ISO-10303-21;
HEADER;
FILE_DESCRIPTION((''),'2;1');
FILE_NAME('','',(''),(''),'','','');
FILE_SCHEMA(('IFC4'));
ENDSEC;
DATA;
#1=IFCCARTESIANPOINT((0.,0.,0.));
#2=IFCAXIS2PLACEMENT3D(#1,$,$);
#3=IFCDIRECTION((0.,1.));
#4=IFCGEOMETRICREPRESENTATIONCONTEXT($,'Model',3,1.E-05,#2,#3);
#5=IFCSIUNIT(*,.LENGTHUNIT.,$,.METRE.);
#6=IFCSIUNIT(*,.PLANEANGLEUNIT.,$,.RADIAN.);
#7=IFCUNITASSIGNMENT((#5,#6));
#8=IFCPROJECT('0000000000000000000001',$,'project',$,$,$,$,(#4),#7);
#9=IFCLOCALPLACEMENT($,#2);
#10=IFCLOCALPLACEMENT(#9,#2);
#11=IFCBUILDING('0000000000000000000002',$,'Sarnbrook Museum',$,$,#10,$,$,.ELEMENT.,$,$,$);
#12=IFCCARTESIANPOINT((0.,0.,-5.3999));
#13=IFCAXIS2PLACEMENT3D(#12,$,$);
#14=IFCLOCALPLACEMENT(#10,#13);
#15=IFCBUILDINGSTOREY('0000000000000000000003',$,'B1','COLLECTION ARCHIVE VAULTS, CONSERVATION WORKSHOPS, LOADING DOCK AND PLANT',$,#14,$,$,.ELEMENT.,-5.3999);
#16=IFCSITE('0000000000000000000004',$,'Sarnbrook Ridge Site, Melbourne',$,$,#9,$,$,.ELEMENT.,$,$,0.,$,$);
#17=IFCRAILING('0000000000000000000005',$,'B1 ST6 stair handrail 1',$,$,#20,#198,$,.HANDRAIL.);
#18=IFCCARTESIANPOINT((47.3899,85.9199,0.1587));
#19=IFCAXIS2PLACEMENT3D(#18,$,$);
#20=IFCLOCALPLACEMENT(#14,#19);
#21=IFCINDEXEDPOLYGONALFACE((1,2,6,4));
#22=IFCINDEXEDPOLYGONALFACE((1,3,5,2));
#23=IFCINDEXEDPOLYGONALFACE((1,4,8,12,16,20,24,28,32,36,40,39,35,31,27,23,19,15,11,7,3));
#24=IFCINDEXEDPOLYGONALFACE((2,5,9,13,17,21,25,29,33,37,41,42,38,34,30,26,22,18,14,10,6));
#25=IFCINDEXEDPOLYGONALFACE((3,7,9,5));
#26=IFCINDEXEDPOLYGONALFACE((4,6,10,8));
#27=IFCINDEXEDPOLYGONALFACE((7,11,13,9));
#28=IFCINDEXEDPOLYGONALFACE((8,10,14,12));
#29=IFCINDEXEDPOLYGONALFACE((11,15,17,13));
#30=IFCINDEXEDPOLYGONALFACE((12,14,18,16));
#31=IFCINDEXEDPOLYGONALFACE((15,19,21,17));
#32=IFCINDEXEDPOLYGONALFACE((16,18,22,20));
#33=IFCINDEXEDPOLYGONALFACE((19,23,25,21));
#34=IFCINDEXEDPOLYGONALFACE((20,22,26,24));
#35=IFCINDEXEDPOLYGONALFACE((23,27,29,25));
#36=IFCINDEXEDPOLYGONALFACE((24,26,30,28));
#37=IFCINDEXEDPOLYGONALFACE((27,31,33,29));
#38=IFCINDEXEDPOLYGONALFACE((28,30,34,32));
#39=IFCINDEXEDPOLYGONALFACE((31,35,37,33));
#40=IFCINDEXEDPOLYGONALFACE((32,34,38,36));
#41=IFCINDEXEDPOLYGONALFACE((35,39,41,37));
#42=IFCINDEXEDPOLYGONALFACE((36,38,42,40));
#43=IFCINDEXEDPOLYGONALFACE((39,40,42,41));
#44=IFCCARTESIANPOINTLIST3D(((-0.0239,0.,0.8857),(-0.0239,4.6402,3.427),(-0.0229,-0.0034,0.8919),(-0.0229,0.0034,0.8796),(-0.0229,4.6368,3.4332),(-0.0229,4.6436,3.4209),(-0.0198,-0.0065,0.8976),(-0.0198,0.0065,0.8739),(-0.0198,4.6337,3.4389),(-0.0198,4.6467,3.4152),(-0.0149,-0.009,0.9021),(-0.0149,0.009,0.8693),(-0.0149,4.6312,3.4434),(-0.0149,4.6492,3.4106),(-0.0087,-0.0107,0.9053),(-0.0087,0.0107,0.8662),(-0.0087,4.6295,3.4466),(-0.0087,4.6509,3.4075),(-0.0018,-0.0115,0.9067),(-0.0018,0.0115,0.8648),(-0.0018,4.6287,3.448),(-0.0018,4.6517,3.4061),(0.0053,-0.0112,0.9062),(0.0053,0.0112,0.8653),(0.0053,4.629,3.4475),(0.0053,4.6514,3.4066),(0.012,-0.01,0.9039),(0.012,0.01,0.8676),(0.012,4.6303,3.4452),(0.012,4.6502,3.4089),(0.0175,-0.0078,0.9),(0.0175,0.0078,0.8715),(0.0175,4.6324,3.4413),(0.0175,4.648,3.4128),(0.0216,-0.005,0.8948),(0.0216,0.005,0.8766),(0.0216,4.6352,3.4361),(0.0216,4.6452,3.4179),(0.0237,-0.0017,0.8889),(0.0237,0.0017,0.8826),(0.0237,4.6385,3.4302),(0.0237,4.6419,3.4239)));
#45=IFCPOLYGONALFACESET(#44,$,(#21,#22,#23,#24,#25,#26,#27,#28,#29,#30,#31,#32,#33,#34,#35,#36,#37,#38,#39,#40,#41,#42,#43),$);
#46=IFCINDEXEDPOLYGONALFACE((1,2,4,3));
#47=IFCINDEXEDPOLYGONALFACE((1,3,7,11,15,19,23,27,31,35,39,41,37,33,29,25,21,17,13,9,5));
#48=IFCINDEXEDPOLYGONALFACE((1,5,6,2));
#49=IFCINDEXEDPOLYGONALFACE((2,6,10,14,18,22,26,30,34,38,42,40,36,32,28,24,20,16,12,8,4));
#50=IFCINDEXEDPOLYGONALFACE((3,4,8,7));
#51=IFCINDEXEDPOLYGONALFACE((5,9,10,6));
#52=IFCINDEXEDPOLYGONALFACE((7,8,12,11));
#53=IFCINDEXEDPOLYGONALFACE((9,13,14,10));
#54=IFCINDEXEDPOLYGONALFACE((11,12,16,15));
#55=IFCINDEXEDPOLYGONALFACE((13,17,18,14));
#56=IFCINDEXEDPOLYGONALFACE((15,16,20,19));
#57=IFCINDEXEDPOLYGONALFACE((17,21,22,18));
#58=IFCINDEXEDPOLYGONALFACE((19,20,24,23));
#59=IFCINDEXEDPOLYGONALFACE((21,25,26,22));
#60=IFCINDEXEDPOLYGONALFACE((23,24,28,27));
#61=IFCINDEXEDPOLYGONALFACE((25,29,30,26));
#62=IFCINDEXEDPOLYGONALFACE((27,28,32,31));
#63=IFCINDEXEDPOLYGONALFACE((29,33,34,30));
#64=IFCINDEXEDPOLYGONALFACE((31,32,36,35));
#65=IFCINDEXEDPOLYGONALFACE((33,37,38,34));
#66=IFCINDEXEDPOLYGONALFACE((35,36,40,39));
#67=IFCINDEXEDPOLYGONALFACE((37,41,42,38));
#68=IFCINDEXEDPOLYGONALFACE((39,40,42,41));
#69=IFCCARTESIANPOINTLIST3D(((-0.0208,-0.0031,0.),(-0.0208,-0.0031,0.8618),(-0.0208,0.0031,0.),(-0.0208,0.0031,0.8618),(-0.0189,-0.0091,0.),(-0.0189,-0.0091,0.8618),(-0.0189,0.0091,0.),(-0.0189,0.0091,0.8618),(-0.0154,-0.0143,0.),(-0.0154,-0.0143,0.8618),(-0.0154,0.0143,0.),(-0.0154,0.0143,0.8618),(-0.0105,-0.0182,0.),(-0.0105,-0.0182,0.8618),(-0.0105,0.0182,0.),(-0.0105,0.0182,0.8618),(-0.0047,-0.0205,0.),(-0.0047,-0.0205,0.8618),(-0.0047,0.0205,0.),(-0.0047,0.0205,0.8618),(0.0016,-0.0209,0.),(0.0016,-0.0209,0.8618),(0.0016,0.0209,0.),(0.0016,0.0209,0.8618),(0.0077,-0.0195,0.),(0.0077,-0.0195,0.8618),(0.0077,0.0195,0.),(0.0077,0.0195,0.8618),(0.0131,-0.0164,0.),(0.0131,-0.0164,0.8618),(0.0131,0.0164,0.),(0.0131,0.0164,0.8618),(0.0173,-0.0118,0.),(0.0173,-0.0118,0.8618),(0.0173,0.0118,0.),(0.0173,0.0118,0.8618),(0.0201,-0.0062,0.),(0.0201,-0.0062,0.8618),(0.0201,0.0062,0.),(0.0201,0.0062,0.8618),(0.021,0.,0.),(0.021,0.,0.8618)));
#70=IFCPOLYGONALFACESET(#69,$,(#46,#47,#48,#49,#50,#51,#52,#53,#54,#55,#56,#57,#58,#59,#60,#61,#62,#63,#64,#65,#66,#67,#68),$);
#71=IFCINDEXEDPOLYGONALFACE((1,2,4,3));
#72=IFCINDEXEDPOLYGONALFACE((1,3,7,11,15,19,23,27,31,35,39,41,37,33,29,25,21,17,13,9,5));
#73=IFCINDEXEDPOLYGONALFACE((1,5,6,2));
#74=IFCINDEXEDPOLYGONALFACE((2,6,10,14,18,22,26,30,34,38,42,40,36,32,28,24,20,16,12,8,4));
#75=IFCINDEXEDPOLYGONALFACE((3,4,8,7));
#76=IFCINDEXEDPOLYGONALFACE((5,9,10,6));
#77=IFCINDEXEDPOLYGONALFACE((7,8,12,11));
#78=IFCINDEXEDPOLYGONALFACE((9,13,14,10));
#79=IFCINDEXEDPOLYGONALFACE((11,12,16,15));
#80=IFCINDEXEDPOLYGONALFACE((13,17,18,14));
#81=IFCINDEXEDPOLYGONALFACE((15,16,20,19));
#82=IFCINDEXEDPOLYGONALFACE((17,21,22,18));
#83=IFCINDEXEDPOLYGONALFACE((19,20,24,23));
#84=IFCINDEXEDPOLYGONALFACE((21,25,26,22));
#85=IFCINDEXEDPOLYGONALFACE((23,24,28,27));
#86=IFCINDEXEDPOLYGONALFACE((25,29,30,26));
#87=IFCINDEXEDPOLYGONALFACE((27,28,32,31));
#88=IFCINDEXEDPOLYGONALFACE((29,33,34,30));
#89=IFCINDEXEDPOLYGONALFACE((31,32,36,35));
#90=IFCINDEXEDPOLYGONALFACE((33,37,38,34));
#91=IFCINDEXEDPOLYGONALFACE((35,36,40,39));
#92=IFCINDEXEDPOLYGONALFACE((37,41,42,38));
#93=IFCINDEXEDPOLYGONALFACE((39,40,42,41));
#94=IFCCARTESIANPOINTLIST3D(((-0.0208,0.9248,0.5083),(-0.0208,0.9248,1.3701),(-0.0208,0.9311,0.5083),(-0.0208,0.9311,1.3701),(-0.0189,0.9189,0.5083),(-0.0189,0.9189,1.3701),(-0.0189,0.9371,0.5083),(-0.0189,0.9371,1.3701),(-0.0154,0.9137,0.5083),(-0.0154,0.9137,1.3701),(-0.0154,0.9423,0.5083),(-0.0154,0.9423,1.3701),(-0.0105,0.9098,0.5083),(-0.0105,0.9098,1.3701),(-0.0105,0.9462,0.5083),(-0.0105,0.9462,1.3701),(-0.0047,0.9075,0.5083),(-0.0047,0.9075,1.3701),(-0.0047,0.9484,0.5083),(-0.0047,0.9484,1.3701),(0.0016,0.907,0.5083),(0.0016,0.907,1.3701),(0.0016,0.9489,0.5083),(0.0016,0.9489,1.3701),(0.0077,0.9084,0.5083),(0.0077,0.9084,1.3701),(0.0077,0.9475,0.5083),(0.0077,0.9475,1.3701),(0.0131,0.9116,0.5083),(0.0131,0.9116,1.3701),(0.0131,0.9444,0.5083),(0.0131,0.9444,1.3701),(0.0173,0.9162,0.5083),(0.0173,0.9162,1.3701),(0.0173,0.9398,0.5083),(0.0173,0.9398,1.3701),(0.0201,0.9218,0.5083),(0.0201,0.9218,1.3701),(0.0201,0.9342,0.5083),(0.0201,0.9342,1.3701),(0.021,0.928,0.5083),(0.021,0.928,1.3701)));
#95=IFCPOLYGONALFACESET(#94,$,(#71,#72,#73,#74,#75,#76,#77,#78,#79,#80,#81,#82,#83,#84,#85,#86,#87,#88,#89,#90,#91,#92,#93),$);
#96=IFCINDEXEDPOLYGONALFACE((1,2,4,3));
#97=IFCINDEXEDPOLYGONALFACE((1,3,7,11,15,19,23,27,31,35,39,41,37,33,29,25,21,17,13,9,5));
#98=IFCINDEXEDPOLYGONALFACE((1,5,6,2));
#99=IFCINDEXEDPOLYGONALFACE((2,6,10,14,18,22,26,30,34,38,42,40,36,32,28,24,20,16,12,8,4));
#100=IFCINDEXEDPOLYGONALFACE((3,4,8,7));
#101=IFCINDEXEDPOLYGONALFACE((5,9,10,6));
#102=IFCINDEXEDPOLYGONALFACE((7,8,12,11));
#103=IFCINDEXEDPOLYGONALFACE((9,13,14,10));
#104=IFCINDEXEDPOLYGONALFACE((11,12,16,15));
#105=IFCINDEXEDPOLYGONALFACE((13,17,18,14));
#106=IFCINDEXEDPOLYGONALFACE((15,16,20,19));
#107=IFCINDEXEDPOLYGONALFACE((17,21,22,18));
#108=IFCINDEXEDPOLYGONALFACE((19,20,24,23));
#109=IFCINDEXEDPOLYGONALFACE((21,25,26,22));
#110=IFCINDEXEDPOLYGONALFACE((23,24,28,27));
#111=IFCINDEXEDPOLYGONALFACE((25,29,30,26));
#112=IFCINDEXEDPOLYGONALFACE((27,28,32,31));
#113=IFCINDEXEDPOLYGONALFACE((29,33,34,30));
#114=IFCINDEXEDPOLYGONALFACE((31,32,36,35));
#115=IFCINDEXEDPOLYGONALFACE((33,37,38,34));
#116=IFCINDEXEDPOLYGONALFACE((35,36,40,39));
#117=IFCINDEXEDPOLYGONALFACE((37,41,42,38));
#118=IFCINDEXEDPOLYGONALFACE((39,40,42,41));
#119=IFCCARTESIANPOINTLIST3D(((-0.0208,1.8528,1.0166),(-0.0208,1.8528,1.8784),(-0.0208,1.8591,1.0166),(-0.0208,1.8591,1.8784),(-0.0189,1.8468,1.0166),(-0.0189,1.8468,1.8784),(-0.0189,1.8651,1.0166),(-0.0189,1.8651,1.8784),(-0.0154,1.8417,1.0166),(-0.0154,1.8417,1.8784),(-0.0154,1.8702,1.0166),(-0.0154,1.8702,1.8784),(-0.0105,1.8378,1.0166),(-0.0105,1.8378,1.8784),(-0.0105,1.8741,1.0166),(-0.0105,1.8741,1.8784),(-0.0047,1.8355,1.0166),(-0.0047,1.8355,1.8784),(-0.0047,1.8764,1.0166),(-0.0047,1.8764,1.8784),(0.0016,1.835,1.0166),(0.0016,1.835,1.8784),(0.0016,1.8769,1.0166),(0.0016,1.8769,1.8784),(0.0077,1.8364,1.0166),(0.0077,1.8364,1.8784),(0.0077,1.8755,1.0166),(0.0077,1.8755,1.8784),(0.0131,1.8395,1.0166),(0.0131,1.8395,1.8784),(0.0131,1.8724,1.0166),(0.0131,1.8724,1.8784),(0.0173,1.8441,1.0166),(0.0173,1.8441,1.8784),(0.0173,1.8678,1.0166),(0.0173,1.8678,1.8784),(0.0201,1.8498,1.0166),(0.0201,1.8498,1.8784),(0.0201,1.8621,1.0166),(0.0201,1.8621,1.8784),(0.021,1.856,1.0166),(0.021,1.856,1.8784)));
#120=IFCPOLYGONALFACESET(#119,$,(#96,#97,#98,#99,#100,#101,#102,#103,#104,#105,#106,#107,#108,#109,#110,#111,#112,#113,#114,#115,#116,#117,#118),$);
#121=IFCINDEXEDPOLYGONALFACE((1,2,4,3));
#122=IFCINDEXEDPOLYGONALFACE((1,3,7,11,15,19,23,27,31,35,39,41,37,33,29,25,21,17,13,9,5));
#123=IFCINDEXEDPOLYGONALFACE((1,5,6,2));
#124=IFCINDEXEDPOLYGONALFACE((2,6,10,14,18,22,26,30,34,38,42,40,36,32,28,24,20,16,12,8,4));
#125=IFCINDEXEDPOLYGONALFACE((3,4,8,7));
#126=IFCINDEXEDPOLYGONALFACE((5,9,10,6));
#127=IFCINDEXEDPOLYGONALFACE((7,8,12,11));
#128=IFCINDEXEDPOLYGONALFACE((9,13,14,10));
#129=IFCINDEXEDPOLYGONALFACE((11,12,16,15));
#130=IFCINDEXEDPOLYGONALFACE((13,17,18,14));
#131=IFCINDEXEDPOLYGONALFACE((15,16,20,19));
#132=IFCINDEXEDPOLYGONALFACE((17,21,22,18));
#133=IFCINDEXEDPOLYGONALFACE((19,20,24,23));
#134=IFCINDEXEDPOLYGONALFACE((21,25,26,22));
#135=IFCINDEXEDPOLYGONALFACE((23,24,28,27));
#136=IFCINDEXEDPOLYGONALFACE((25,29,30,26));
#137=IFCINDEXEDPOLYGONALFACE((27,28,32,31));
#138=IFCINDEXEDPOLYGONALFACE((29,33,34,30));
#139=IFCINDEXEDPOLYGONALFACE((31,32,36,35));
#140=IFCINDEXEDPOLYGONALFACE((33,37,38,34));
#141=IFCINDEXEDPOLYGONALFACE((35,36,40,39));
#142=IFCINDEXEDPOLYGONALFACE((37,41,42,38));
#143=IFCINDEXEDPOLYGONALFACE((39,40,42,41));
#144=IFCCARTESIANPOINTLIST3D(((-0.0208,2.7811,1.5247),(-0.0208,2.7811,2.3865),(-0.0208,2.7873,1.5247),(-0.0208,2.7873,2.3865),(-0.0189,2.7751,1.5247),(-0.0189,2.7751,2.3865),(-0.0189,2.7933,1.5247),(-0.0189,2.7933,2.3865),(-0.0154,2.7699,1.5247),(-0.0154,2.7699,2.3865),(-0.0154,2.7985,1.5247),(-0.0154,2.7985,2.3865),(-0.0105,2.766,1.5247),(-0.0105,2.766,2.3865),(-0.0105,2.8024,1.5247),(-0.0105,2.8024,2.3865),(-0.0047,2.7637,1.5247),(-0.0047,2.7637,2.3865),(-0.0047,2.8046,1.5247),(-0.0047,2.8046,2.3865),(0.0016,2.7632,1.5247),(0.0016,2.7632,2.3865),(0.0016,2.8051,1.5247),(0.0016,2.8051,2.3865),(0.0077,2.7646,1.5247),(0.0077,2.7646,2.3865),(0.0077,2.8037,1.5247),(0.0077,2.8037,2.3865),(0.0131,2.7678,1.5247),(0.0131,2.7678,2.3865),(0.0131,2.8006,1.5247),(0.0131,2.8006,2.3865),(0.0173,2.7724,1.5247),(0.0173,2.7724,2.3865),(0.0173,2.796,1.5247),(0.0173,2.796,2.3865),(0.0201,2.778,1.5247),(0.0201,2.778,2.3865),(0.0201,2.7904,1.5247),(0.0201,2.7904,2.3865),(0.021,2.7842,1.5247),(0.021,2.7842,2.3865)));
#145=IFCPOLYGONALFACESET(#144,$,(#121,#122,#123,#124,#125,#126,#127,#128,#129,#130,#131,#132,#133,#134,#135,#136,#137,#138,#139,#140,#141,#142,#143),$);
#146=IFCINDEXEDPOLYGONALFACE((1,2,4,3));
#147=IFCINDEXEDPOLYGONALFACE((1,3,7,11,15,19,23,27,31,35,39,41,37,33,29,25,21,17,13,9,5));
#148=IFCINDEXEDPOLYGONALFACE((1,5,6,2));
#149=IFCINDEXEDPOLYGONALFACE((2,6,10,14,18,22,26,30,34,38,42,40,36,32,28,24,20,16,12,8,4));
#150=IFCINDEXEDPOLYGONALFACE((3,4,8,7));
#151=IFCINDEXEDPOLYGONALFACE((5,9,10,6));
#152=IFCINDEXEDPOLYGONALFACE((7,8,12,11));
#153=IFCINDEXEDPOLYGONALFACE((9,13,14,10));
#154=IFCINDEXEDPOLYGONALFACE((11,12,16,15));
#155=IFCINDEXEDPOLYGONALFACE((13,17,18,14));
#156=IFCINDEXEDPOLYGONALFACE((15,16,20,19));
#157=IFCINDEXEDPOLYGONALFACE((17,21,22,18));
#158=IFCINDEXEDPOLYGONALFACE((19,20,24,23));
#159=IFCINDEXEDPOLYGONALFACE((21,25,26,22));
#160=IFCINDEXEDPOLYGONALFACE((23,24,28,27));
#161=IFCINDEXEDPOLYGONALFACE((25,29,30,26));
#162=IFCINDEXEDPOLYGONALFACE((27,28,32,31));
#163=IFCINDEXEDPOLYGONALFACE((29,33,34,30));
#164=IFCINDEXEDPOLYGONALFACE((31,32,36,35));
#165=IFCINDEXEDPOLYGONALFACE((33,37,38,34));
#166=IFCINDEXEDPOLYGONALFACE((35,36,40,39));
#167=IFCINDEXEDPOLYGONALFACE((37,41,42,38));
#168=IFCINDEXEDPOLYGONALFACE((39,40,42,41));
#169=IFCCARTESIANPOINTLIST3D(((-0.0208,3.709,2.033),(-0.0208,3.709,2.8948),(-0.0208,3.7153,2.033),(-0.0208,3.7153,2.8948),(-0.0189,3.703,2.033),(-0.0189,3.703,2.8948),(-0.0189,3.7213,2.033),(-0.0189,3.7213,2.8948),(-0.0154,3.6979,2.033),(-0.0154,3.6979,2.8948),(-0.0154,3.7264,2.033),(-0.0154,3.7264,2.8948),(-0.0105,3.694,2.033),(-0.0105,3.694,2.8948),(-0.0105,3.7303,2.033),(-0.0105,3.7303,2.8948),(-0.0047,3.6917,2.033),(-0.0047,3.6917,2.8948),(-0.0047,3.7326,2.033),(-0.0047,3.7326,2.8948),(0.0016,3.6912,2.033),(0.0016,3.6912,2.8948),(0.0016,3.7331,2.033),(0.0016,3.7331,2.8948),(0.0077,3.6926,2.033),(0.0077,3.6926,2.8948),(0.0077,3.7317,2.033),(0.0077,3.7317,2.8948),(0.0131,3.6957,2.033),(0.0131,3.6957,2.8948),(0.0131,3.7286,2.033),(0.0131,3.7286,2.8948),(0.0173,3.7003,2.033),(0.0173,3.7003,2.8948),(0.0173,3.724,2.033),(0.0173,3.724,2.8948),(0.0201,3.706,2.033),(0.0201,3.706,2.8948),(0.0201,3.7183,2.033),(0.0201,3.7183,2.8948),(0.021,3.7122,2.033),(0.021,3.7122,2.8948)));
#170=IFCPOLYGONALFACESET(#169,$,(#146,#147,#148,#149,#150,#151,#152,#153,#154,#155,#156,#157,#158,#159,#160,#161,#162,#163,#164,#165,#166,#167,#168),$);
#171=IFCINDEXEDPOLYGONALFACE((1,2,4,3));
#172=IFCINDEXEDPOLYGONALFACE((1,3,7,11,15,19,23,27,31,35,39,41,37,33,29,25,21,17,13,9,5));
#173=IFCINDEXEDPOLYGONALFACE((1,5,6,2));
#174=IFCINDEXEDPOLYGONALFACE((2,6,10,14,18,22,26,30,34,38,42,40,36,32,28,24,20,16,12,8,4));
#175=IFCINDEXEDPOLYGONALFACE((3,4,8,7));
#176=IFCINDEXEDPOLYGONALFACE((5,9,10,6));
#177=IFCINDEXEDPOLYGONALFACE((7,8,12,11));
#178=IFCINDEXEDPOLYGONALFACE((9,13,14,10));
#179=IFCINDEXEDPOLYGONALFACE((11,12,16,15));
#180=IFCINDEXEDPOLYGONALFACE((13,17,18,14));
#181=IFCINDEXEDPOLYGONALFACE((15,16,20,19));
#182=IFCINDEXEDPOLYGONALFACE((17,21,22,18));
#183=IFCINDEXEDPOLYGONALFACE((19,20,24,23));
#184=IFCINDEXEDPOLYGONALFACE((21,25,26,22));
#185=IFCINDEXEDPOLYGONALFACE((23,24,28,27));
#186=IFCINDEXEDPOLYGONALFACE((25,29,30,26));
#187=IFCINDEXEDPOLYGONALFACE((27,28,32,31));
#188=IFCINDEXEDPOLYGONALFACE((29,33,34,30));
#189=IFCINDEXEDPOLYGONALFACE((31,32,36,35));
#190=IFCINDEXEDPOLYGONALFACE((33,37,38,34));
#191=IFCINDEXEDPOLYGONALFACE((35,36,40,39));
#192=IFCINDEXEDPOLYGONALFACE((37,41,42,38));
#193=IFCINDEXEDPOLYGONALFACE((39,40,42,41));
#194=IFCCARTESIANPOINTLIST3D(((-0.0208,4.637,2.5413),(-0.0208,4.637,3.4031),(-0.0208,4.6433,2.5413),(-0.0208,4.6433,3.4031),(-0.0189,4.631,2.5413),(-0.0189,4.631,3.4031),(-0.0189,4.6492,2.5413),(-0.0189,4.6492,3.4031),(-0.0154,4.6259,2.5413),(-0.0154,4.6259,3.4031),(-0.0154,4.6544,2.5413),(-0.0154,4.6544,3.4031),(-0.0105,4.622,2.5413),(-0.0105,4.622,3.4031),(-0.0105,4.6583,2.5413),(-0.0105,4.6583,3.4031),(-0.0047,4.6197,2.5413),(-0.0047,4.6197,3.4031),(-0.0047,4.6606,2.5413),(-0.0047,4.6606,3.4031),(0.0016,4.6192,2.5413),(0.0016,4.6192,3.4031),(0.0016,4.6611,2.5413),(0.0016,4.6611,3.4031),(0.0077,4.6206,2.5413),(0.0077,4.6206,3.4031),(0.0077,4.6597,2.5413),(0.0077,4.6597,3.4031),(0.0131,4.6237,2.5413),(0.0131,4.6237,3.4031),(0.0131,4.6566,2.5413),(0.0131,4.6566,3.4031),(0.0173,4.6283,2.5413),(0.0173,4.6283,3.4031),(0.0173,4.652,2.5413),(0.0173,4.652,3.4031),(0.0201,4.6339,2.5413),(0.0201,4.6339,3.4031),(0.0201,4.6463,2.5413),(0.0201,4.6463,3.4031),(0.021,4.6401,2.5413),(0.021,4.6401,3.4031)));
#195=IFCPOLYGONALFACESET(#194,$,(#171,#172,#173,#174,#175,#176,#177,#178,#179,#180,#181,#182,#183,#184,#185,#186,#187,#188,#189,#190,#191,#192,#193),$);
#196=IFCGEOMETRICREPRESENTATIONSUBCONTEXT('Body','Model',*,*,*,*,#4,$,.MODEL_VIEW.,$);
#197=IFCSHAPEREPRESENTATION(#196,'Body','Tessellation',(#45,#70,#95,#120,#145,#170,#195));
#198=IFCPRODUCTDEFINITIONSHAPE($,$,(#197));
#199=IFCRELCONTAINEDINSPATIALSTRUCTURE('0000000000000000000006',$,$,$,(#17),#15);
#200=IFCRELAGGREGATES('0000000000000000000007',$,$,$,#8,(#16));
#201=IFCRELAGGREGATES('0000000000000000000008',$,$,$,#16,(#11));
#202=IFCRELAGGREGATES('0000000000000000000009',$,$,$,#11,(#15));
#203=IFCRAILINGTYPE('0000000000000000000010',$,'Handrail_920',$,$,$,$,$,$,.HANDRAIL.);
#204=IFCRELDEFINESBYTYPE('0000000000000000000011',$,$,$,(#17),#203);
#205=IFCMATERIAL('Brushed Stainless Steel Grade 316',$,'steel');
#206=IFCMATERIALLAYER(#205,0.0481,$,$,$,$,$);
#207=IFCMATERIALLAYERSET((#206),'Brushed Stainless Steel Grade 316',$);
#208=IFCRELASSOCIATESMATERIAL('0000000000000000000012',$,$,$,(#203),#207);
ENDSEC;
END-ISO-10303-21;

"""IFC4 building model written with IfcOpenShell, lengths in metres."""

from ifc_helpers import new_model, si_unit, direction, frame, origin, origin_2d, place, context, subcontext, project, spatial, circle, extrude, material, layer, layer_set, type_object, element, save


model = new_model("IFC4")

# Units and contexts
model_context = context("Model", 3, precision=1e-05, world=origin(), true_north=direction((0.0, 1.0)))
body_context = subcontext(model_context, "Body", "Model", "MODEL_VIEW")
ifc_project = project(units=[si_unit("LENGTHUNIT", "METRE"), si_unit("PLANEANGLEUNIT", "RADIAN")], contexts=[model_context])

# Site, building, storey
site_placement = place(None, origin())
site = spatial("IfcSite", under=ifc_project, at=site_placement, Name="Sarnbrook Ridge Site, Melbourne", CompositionType="ELEMENT", RefElevation=0.0)
building_placement = place(site_placement, origin())
building = spatial("IfcBuilding", under=site, at=building_placement, Name="Sarnbrook Museum", CompositionType="ELEMENT")
storey_placement = place(building_placement, frame((0.0, 0.0, -5.3999)))
storey = spatial("IfcBuildingStorey", under=building, at=storey_placement, Name="B1", Description="COLLECTION ARCHIVE VAULTS, CONSERVATION WORKSHOPS, LOADING DOCK AND PLANT", CompositionType="ELEMENT", Elevation=-5.3999)

# Shared definitions
ifc_material_1 = material(Name="Brushed Stainless Steel Grade 316", Category="steel")

# Railing
ifc_layer_1 = layer(ifc_material_1, 0.0481)
ifc_layer_set_1 = layer_set([ifc_layer_1], Name="Brushed Stainless Steel Grade 316")
railing_type_1 = type_object("IfcRailingType", Name="Handrail_920", PredefinedType="HANDRAIL", material=ifc_layer_set_1)
railing_1_placement = place(storey_placement, frame((47.3899, 85.9199, 0.1587)))
element("IfcRailing", 1, at=railing_1_placement, inside=storey, type_object=railing_type_1, Name="B1 ST6 stair handrail 1", PredefinedType="HANDRAIL", context=body_context, shape_type="SweptSolid", body=[
    extrude(circle(Radius=0.0239, at=origin_2d()), frame((0.0, 0.0, 0.8857), z_axis=(0.0, 0.877078, 0.480348), x_axis=(-1.0, 0.0, 0.0)), (0.0, 0.0, 1.0), 5.2905),
    extrude(circle(Radius=0.021, at=origin_2d()), origin(), (0.0, 0.0, 1.0), 0.8618),
    extrude(circle(Radius=0.021, at=origin_2d()), frame((0.0, 0.928, 0.5083)), (0.0, 0.0, 1.0), 0.8618),
    extrude(circle(Radius=0.021, at=origin_2d()), frame((0.0, 1.856, 1.0166)), (0.0, 0.0, 1.0), 0.8618),
    extrude(circle(Radius=0.021, at=origin_2d()), frame((0.0, 2.7842, 1.5247)), (0.0, 0.0, 1.0), 0.8618),
    extrude(circle(Radius=0.021, at=origin_2d()), frame((0.0, 3.7122, 2.033)), (0.0, 0.0, 1.0), 0.8618),
    extrude(circle(Radius=0.021, at=origin_2d()), frame((0.0, 4.6401, 2.5413)), (0.0, 0.0, 1.0), 0.8618),
])

save(model, "model.ifc")
